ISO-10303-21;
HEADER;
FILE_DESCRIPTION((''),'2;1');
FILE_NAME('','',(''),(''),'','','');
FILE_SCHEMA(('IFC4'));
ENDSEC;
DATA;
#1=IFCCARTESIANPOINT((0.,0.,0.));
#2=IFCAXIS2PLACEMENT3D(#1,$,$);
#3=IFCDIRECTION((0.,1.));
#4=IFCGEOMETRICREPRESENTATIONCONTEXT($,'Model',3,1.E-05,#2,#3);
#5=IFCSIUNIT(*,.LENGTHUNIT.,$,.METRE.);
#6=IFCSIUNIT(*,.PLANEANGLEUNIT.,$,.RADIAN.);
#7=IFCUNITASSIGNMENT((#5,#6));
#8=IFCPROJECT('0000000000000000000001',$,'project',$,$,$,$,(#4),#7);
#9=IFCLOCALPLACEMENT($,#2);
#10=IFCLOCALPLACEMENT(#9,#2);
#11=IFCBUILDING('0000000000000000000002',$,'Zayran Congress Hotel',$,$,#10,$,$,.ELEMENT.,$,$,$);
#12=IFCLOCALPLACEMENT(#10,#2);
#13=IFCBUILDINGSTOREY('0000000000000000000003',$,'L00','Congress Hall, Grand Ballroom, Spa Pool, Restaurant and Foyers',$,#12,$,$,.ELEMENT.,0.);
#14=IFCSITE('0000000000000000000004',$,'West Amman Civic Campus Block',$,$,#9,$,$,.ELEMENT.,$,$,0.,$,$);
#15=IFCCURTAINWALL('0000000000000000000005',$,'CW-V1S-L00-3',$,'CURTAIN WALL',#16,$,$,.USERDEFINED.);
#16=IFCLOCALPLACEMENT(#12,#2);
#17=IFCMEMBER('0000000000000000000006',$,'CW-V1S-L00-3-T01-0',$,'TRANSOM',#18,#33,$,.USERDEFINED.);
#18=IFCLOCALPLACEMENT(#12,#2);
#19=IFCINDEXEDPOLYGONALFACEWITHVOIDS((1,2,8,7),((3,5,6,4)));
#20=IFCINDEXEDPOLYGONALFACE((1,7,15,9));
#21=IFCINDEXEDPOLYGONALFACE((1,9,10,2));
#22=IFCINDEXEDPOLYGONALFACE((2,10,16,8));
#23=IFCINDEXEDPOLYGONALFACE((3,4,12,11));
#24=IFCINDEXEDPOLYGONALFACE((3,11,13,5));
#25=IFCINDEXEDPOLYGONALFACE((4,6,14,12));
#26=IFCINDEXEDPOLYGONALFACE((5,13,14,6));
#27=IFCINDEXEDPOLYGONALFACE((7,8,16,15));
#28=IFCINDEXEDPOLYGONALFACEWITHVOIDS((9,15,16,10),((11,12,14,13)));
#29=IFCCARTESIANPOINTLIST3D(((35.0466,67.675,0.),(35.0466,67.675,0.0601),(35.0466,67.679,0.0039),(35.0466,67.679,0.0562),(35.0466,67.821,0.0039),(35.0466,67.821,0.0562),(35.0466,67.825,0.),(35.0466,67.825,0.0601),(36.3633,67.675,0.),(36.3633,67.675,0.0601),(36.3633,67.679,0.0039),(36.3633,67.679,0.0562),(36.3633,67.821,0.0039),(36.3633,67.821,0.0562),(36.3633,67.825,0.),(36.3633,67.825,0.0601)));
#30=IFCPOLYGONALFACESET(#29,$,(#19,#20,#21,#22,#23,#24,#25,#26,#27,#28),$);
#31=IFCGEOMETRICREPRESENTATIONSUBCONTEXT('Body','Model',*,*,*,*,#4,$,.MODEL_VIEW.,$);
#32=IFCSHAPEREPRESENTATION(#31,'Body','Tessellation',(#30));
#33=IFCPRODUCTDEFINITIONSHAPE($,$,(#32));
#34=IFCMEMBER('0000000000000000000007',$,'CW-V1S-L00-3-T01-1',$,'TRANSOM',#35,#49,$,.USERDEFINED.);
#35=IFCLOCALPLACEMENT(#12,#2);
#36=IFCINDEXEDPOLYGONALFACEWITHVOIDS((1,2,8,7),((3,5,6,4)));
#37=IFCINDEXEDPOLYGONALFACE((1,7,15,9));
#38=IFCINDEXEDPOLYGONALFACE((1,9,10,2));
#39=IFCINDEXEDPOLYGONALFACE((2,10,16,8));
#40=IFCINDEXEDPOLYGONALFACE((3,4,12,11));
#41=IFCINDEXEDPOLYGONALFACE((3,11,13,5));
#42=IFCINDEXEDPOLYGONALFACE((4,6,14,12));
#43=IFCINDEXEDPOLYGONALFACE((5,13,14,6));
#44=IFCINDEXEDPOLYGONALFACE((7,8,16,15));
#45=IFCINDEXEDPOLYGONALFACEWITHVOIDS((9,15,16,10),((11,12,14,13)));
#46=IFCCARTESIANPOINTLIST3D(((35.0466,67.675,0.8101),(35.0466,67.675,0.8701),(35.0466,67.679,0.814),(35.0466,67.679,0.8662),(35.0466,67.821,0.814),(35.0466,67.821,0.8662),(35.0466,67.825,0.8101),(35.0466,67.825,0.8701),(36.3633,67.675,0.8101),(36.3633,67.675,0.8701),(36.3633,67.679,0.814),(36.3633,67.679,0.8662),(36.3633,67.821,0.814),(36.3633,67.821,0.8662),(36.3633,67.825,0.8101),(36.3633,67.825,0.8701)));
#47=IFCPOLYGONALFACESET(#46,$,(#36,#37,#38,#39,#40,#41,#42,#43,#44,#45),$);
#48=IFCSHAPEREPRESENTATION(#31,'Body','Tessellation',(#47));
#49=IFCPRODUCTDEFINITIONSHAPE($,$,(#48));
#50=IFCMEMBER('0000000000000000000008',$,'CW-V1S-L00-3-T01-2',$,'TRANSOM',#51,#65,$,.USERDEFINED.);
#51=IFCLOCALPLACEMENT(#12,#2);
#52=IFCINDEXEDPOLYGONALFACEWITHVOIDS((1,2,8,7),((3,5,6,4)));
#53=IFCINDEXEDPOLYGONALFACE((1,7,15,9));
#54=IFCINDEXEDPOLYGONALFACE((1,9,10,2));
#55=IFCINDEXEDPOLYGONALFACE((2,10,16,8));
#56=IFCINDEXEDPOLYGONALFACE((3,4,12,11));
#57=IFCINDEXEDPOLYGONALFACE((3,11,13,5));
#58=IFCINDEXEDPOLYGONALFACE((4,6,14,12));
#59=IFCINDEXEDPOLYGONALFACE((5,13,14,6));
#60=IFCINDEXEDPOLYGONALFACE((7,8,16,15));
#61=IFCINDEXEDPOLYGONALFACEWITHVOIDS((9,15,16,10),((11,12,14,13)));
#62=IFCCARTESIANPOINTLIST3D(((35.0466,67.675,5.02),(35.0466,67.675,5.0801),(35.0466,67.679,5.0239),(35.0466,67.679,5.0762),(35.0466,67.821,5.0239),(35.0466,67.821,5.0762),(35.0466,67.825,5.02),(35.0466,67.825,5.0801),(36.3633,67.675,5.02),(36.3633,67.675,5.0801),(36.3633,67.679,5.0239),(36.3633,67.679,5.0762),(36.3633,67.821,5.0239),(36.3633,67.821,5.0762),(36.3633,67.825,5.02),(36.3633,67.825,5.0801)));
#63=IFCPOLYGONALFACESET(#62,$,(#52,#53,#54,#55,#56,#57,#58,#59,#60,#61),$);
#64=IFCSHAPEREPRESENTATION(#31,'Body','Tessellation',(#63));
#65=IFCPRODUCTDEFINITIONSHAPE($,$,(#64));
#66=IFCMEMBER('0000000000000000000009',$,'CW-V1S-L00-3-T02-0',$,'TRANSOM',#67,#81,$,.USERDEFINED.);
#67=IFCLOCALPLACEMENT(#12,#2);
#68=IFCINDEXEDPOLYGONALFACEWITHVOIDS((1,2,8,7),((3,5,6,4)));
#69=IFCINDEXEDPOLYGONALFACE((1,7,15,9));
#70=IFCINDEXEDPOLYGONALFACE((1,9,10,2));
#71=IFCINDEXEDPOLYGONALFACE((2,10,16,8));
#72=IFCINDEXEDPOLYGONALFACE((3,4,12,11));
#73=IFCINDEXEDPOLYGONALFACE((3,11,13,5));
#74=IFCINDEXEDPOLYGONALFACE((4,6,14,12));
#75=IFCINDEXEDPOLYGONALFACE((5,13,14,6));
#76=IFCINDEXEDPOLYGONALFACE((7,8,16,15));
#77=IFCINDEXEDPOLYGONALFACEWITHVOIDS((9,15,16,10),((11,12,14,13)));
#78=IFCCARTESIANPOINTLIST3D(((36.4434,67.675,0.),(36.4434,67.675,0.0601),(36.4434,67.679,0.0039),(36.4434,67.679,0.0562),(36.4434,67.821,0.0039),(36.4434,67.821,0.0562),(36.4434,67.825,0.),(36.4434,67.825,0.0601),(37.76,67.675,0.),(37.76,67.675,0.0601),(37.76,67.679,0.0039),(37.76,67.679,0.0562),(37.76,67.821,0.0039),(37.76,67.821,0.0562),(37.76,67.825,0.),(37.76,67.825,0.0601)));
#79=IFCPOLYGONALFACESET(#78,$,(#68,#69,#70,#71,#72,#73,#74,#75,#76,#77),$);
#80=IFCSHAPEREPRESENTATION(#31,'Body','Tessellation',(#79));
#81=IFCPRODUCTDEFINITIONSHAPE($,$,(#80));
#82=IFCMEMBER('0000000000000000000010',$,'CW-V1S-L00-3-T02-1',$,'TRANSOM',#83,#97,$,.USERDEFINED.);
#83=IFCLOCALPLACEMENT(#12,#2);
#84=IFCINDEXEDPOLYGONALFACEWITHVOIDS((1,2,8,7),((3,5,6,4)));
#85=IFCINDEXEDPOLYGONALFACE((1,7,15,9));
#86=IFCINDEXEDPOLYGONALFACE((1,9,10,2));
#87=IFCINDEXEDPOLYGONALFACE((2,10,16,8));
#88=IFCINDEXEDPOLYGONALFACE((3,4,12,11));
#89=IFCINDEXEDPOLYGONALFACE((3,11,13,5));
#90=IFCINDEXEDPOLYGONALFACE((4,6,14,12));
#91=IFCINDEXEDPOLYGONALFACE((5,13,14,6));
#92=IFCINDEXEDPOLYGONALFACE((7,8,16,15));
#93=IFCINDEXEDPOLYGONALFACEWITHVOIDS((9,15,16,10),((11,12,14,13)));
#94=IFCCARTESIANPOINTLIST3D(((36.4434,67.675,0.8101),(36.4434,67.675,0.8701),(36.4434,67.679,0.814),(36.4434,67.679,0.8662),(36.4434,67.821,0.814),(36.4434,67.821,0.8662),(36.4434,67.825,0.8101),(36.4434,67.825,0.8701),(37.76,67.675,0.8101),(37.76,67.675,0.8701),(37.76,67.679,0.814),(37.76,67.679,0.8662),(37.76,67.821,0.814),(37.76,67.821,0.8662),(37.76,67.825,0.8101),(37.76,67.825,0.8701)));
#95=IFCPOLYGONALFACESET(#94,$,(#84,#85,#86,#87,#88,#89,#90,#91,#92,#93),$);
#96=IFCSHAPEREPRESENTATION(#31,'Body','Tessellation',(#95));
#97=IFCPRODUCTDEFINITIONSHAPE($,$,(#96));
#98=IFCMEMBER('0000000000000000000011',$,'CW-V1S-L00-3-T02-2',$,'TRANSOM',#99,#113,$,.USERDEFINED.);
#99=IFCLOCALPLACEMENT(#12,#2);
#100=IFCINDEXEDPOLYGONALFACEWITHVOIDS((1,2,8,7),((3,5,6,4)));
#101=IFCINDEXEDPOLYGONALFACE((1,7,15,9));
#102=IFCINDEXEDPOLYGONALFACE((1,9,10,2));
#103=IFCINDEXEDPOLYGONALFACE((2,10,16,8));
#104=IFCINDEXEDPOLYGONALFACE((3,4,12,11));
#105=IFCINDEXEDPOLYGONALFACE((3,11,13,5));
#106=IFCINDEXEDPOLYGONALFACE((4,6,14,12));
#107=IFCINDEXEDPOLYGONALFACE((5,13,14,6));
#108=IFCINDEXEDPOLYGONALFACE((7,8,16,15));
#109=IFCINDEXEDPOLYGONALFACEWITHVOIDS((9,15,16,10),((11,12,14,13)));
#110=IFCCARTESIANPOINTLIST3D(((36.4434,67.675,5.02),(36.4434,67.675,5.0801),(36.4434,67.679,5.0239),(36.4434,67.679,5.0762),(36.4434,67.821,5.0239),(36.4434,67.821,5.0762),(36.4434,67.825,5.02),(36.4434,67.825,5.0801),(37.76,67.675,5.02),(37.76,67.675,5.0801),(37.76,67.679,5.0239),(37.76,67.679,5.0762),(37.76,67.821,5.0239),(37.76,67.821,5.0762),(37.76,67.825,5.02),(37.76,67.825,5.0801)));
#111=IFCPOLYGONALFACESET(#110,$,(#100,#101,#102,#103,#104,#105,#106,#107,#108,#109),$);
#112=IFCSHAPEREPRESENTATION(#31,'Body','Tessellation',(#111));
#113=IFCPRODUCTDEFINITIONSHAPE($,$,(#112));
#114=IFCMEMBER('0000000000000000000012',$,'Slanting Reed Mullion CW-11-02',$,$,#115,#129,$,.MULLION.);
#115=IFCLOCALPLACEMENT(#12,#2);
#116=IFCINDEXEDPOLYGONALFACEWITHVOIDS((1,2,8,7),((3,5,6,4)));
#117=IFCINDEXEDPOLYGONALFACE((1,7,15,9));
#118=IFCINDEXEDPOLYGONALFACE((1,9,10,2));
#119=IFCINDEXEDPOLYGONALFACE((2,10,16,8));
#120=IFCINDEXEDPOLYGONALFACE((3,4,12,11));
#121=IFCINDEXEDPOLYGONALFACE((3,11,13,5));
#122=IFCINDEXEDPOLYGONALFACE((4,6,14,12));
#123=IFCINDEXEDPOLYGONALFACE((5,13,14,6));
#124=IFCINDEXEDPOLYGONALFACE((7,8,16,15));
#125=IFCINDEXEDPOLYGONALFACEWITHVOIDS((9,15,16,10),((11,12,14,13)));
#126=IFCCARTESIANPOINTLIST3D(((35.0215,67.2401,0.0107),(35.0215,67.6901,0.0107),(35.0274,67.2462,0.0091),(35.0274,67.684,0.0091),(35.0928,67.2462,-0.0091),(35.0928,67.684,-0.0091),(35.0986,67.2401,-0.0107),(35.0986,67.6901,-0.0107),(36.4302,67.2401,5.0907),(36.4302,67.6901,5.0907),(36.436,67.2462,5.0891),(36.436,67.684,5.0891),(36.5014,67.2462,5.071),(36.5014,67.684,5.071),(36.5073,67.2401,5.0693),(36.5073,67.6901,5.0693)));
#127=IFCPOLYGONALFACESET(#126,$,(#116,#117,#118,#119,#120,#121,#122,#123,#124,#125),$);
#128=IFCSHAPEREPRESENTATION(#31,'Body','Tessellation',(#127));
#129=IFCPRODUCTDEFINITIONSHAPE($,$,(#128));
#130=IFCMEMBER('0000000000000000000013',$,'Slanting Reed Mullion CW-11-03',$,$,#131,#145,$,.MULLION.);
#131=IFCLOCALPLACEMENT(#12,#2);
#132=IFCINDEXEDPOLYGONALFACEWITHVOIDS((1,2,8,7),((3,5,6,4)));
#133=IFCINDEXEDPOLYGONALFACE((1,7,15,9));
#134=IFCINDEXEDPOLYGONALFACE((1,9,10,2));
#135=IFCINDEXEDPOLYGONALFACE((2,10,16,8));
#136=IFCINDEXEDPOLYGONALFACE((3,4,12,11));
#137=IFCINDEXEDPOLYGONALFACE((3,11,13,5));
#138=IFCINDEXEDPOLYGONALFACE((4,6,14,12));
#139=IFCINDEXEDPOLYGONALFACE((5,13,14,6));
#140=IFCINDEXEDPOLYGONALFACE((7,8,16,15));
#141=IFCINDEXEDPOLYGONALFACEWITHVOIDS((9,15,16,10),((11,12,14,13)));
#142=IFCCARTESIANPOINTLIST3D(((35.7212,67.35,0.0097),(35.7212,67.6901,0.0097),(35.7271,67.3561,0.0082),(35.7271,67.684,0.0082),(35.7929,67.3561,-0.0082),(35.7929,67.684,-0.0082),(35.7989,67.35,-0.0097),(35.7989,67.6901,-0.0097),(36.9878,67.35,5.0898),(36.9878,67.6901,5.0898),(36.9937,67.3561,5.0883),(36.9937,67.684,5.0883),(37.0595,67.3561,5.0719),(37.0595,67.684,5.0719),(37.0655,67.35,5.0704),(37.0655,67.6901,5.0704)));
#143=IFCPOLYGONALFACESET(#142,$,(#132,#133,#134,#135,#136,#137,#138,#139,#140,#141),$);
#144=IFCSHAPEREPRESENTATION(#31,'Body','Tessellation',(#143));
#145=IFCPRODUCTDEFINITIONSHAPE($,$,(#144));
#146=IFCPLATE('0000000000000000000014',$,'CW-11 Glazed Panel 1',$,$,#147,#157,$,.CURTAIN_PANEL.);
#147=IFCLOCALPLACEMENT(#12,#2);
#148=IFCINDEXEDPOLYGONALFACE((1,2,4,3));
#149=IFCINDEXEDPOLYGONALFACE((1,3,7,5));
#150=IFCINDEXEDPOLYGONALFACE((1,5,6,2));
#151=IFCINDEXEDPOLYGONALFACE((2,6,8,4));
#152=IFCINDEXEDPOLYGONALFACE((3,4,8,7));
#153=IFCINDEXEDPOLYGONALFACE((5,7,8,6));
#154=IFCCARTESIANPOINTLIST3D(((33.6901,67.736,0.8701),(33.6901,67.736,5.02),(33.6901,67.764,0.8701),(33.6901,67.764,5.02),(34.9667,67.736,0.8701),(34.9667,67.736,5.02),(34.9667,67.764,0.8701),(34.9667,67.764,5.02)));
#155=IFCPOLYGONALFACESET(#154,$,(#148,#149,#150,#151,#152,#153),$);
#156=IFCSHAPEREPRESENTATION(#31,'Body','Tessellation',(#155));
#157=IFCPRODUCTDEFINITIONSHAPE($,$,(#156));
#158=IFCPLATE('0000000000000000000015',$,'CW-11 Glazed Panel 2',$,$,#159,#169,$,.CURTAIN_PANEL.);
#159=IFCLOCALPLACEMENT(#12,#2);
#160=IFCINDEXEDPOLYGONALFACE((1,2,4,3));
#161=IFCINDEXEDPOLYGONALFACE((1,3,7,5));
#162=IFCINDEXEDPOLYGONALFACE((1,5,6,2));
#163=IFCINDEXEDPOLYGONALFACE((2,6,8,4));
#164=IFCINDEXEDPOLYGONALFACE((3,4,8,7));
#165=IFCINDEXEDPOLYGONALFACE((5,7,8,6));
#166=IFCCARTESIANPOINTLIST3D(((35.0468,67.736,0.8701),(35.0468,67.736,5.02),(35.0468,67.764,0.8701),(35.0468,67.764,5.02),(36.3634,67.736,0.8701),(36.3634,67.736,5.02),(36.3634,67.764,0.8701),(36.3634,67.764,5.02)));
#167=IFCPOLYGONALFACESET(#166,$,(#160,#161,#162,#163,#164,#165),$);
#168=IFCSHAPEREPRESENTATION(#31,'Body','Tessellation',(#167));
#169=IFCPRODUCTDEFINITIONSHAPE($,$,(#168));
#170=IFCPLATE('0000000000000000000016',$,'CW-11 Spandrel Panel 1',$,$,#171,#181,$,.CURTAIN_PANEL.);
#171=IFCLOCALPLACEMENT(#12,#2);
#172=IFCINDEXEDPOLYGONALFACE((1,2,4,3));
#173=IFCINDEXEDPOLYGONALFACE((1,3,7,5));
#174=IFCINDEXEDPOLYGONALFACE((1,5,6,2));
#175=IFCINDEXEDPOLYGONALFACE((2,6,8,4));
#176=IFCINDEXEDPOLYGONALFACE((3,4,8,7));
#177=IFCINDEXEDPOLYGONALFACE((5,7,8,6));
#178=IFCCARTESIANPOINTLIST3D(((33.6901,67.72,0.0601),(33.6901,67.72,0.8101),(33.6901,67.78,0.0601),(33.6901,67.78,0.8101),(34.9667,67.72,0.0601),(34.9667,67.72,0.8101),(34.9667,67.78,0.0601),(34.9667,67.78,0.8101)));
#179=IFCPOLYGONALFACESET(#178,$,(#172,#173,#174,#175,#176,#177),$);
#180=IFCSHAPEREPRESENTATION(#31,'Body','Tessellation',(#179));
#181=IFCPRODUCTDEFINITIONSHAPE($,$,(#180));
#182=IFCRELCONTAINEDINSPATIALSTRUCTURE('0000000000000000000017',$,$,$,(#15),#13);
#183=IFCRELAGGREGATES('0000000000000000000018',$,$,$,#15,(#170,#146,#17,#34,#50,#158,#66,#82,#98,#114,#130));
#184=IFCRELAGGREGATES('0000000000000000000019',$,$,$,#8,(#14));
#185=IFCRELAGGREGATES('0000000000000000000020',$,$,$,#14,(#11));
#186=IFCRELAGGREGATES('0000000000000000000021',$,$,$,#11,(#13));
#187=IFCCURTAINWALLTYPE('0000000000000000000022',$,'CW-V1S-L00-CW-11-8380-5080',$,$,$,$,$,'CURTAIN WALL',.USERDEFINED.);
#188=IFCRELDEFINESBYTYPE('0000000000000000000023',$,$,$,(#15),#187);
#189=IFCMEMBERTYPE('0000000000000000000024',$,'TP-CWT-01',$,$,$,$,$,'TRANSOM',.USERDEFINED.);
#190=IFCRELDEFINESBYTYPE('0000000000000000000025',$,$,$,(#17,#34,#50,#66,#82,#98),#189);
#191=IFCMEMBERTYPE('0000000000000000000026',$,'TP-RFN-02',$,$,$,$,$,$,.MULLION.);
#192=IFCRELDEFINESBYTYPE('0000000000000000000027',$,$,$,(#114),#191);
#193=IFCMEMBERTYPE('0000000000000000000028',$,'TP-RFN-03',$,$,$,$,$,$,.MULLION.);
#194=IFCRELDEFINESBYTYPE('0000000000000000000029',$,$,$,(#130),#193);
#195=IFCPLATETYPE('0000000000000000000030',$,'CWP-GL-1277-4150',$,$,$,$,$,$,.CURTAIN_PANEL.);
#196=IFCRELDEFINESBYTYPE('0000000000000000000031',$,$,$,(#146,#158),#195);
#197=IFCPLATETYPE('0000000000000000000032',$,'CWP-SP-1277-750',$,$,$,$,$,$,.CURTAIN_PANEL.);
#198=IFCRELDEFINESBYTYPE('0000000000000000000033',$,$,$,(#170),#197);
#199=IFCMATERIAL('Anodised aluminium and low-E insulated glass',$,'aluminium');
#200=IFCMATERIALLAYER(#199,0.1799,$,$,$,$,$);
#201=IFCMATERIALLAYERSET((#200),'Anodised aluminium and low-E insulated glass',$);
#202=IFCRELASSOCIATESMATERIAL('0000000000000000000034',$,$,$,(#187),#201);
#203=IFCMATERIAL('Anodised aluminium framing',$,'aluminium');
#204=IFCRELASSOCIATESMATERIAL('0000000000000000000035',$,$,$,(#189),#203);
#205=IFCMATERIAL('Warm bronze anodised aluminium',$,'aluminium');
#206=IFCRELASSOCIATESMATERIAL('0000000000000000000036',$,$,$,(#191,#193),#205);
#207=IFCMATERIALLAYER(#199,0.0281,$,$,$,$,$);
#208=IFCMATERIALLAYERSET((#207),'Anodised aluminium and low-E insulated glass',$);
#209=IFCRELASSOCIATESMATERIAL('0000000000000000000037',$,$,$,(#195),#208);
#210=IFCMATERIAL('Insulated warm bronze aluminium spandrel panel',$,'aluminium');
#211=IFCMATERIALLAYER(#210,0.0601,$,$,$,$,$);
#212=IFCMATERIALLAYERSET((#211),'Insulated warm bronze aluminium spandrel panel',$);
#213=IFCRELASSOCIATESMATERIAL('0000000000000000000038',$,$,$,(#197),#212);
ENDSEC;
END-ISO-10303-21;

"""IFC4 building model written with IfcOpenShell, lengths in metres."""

from ifc_helpers import new_model, si_unit, direction, frame, origin, origin_2d, place, context, subcontext, project, spatial, rectangle, hollow_rectangle, extrude, material, layer, layer_set, material_profile, profile_set, type_object, element, aggregate, save


model = new_model("IFC4")

# Units and contexts
model_context = context("Model", 3, precision=1e-05, world=origin(), true_north=direction((0.0, 1.0)))
body_context = subcontext(model_context, "Body", "Model", "MODEL_VIEW")
ifc_project = project(units=[si_unit("LENGTHUNIT", "METRE"), si_unit("PLANEANGLEUNIT", "RADIAN")], contexts=[model_context])

# Site, building, storey
site_placement = place(None, origin())
site = spatial("IfcSite", under=ifc_project, at=site_placement, Name="West Amman Civic Campus Block", CompositionType="ELEMENT", RefElevation=0.0)
building_placement = place(site_placement, origin())
building = spatial("IfcBuilding", under=site, at=building_placement, Name="Zayran Congress Hotel", CompositionType="ELEMENT")
storey_placement = place(building_placement, origin())
storey = spatial("IfcBuildingStorey", under=building, at=storey_placement, Name="L00", Description="Congress Hall, Grand Ballroom, Spa Pool, Restaurant and Foyers", CompositionType="ELEMENT", Elevation=0.0)

# Curtain wall, members, plates
ifc_material_1 = material(Name="Anodised aluminium and low-E insulated glass", Category="aluminium")
ifc_layer_1 = layer(ifc_material_1, 0.1799)
ifc_layer_set_1 = layer_set([ifc_layer_1], Name="Anodised aluminium and low-E insulated glass")
curtain_wall_type = type_object("IfcCurtainWallType", Name="CW-V1S-L00-CW-11-8380-5080", ElementType="CURTAIN WALL", PredefinedType="USERDEFINED", material=ifc_layer_set_1)
curtain_wall_placement = place(storey_placement, origin())
curtain_wall = element("IfcCurtainWall", 1, at=curtain_wall_placement, inside=storey, type_object=curtain_wall_type, Name="CW-V1S-L00-3", ObjectType="CURTAIN WALL", PredefinedType="USERDEFINED")
ifc_material_2 = material(Name="Anodised aluminium framing", Category="aluminium")
ifc_material_profile_1 = material_profile(ifc_material_2, hollow_rectangle(XDim=0.0601, YDim=0.1499, WallThickness=0.0039, at=origin_2d()), Name="RHS 150x60x4")
ifc_profile_set_1 = profile_set([ifc_material_profile_1], Name="Anodised aluminium framing")
member_type_1 = type_object("IfcMemberType", Name="TP-CWT-01", ElementType="TRANSOM", PredefinedType="USERDEFINED", material=ifc_profile_set_1)
member_1_placement = place(storey_placement, frame((35.0466, 67.75, 0.03), z_axis=(1.0, 0.0, 0.0), x_axis=(0.0, 0.0, 1.0)))
member_1 = element("IfcMember", 2, at=member_1_placement, type_object=member_type_1, Name="CW-V1S-L00-3-T01-0", ObjectType="TRANSOM", PredefinedType="USERDEFINED", context=body_context, shape_type="SweptSolid", body=[
    extrude(hollow_rectangle(XDim=0.0601, YDim=0.1499, WallThickness=0.0039, at=origin_2d()), origin(), (0.0, 0.0, 1.0), 1.3167),
])
member_2_placement = place(storey_placement, frame((35.0466, 67.75, 0.8401), z_axis=(1.0, 0.0, 0.0), x_axis=(0.0, 0.0, 1.0)))
member_2 = element("IfcMember", 3, at=member_2_placement, type_object=member_type_1, Name="CW-V1S-L00-3-T01-1", ObjectType="TRANSOM", PredefinedType="USERDEFINED", context=body_context, shape_type="SweptSolid", body=[
    extrude(hollow_rectangle(XDim=0.0601, YDim=0.1499, WallThickness=0.0039, at=origin_2d()), origin(), (0.0, 0.0, 1.0), 1.3167),
])
member_3_placement = place(storey_placement, frame((35.0466, 67.75, 5.05), z_axis=(1.0, 0.0, 0.0), x_axis=(0.0, 0.0, 1.0)))
member_3 = element("IfcMember", 4, at=member_3_placement, type_object=member_type_1, Name="CW-V1S-L00-3-T01-2", ObjectType="TRANSOM", PredefinedType="USERDEFINED", context=body_context, shape_type="SweptSolid", body=[
    extrude(hollow_rectangle(XDim=0.0601, YDim=0.1499, WallThickness=0.0039, at=origin_2d()), origin(), (0.0, 0.0, 1.0), 1.3167),
])
member_4_placement = place(storey_placement, frame((36.4434, 67.75, 0.03), z_axis=(1.0, 0.0, 0.0), x_axis=(0.0, 0.0, 1.0)))
member_4 = element("IfcMember", 5, at=member_4_placement, type_object=member_type_1, Name="CW-V1S-L00-3-T02-0", ObjectType="TRANSOM", PredefinedType="USERDEFINED", context=body_context, shape_type="SweptSolid", body=[
    extrude(hollow_rectangle(XDim=0.0601, YDim=0.1499, WallThickness=0.0039, at=origin_2d()), origin(), (0.0, 0.0, 1.0), 1.3167),
])
member_5_placement = place(storey_placement, frame((36.4434, 67.75, 0.8401), z_axis=(1.0, 0.0, 0.0), x_axis=(0.0, 0.0, 1.0)))
member_5 = element("IfcMember", 6, at=member_5_placement, type_object=member_type_1, Name="CW-V1S-L00-3-T02-1", ObjectType="TRANSOM", PredefinedType="USERDEFINED", context=body_context, shape_type="SweptSolid", body=[
    extrude(hollow_rectangle(XDim=0.0601, YDim=0.1499, WallThickness=0.0039, at=origin_2d()), origin(), (0.0, 0.0, 1.0), 1.3167),
])
member_6_placement = place(storey_placement, frame((36.4434, 67.75, 5.05), z_axis=(1.0, 0.0, 0.0), x_axis=(0.0, 0.0, 1.0)))
member_6 = element("IfcMember", 7, at=member_6_placement, type_object=member_type_1, Name="CW-V1S-L00-3-T02-2", ObjectType="TRANSOM", PredefinedType="USERDEFINED", context=body_context, shape_type="SweptSolid", body=[
    extrude(hollow_rectangle(XDim=0.0601, YDim=0.1499, WallThickness=0.0039, at=origin_2d()), origin(), (0.0, 0.0, 1.0), 1.3167),
])
ifc_material_3 = material(Name="Warm bronze anodised aluminium", Category="aluminium")
ifc_material_profile_2 = material_profile(ifc_material_3, hollow_rectangle(XDim=0.0801, YDim=0.45, WallThickness=0.0061, at=origin_2d()), Name="RHS 450x80x6")
ifc_profile_set_2 = profile_set([ifc_material_profile_2], Name="Warm bronze anodised aluminium")
member_type_2 = type_object("IfcMemberType", Name="TP-RFN-02", PredefinedType="MULLION", material=ifc_profile_set_2)
member_7_placement = place(storey_placement, frame((35.0601, 67.4651, 0.0), z_axis=(0.267214, 0.0, 0.963637), x_axis=(-0.963637, 0.0, 0.267214)))
member_7 = element("IfcMember", 8, at=member_7_placement, type_object=member_type_2, Name="Slanting Reed Mullion CW-11-02", PredefinedType="MULLION", context=body_context, shape_type="SweptSolid", body=[
    extrude(hollow_rectangle(XDim=0.0801, YDim=0.45, WallThickness=0.0061, at=origin_2d()), origin(), (0.0, 0.0, 1.0), 5.2717),
])
ifc_material_profile_3 = material_profile(ifc_material_3, hollow_rectangle(XDim=0.0801, YDim=0.3401, WallThickness=0.0061, at=origin_2d()), Name="RHS 340x80x6")
ifc_profile_set_3 = profile_set([ifc_material_profile_3], Name="Warm bronze anodised aluminium")
member_type_3 = type_object("IfcMemberType", Name="TP-RFN-03", PredefinedType="MULLION", material=ifc_profile_set_3)
member_8_placement = place(storey_placement, frame((35.76, 67.52, 0.0), z_axis=(0.241921, 0.0, 0.970296), x_axis=(-0.970296, 0.0, 0.241921)))
member_8 = element("IfcMember", 9, at=member_8_placement, type_object=member_type_3, Name="Slanting Reed Mullion CW-11-03", PredefinedType="MULLION", context=body_context, shape_type="SweptSolid", body=[
    extrude(hollow_rectangle(XDim=0.0801, YDim=0.3401, WallThickness=0.0061, at=origin_2d()), origin(), (0.0, 0.0, 1.0), 5.2356),
])
ifc_layer_2 = layer(ifc_material_1, 0.0281)
ifc_layer_set_2 = layer_set([ifc_layer_2], Name="Anodised aluminium and low-E insulated glass")
plate_type_1 = type_object("IfcPlateType", Name="CWP-GL-1277-4150", PredefinedType="CURTAIN_PANEL", material=ifc_layer_set_2)
plate_1_placement = place(storey_placement, frame((34.3284, 67.75, 0.8701), z_axis=(0.0, 0.0, 1.0), x_axis=(1.0, 0.0, 0.0)))
plate_1 = element("IfcPlate", 10, at=plate_1_placement, type_object=plate_type_1, Name="CW-11 Glazed Panel 1", PredefinedType="CURTAIN_PANEL", context=body_context, shape_type="SweptSolid", body=[
    extrude(rectangle(XDim=1.2766, YDim=0.0281, at=origin_2d()), origin(), (0.0, 0.0, 1.0), 4.1499),
])
plate_2_placement = place(storey_placement, frame((35.7051, 67.75, 0.8701), z_axis=(0.0, 0.0, 1.0), x_axis=(1.0, 0.0, 0.0)))
plate_2 = element("IfcPlate", 11, at=plate_2_placement, type_object=plate_type_1, Name="CW-11 Glazed Panel 2", PredefinedType="CURTAIN_PANEL", context=body_context, shape_type="SweptSolid", body=[
    extrude(rectangle(XDim=1.3167, YDim=0.0281, at=origin_2d()), origin(), (0.0, 0.0, 1.0), 4.1499),
])
ifc_material_4 = material(Name="Insulated warm bronze aluminium spandrel panel", Category="aluminium")
ifc_layer_3 = layer(ifc_material_4, 0.0601)
ifc_layer_set_3 = layer_set([ifc_layer_3], Name="Insulated warm bronze aluminium spandrel panel")
plate_type_2 = type_object("IfcPlateType", Name="CWP-SP-1277-750", PredefinedType="CURTAIN_PANEL", material=ifc_layer_set_3)
plate_3_placement = place(storey_placement, frame((34.3284, 67.75, 0.0601), z_axis=(0.0, 0.0, 1.0), x_axis=(1.0, 0.0, 0.0)))
plate_3 = element("IfcPlate", 12, at=plate_3_placement, type_object=plate_type_2, Name="CW-11 Spandrel Panel 1", PredefinedType="CURTAIN_PANEL", context=body_context, shape_type="SweptSolid", body=[
    extrude(rectangle(XDim=1.2766, YDim=0.0601, at=origin_2d()), origin(), (0.0, 0.0, 1.0), 0.75),
])
aggregate(curtain_wall, [plate_3, plate_1, member_1, member_2, member_3, plate_2, member_4, member_5, member_6, member_7, member_8])

save(model, "model.ifc")
